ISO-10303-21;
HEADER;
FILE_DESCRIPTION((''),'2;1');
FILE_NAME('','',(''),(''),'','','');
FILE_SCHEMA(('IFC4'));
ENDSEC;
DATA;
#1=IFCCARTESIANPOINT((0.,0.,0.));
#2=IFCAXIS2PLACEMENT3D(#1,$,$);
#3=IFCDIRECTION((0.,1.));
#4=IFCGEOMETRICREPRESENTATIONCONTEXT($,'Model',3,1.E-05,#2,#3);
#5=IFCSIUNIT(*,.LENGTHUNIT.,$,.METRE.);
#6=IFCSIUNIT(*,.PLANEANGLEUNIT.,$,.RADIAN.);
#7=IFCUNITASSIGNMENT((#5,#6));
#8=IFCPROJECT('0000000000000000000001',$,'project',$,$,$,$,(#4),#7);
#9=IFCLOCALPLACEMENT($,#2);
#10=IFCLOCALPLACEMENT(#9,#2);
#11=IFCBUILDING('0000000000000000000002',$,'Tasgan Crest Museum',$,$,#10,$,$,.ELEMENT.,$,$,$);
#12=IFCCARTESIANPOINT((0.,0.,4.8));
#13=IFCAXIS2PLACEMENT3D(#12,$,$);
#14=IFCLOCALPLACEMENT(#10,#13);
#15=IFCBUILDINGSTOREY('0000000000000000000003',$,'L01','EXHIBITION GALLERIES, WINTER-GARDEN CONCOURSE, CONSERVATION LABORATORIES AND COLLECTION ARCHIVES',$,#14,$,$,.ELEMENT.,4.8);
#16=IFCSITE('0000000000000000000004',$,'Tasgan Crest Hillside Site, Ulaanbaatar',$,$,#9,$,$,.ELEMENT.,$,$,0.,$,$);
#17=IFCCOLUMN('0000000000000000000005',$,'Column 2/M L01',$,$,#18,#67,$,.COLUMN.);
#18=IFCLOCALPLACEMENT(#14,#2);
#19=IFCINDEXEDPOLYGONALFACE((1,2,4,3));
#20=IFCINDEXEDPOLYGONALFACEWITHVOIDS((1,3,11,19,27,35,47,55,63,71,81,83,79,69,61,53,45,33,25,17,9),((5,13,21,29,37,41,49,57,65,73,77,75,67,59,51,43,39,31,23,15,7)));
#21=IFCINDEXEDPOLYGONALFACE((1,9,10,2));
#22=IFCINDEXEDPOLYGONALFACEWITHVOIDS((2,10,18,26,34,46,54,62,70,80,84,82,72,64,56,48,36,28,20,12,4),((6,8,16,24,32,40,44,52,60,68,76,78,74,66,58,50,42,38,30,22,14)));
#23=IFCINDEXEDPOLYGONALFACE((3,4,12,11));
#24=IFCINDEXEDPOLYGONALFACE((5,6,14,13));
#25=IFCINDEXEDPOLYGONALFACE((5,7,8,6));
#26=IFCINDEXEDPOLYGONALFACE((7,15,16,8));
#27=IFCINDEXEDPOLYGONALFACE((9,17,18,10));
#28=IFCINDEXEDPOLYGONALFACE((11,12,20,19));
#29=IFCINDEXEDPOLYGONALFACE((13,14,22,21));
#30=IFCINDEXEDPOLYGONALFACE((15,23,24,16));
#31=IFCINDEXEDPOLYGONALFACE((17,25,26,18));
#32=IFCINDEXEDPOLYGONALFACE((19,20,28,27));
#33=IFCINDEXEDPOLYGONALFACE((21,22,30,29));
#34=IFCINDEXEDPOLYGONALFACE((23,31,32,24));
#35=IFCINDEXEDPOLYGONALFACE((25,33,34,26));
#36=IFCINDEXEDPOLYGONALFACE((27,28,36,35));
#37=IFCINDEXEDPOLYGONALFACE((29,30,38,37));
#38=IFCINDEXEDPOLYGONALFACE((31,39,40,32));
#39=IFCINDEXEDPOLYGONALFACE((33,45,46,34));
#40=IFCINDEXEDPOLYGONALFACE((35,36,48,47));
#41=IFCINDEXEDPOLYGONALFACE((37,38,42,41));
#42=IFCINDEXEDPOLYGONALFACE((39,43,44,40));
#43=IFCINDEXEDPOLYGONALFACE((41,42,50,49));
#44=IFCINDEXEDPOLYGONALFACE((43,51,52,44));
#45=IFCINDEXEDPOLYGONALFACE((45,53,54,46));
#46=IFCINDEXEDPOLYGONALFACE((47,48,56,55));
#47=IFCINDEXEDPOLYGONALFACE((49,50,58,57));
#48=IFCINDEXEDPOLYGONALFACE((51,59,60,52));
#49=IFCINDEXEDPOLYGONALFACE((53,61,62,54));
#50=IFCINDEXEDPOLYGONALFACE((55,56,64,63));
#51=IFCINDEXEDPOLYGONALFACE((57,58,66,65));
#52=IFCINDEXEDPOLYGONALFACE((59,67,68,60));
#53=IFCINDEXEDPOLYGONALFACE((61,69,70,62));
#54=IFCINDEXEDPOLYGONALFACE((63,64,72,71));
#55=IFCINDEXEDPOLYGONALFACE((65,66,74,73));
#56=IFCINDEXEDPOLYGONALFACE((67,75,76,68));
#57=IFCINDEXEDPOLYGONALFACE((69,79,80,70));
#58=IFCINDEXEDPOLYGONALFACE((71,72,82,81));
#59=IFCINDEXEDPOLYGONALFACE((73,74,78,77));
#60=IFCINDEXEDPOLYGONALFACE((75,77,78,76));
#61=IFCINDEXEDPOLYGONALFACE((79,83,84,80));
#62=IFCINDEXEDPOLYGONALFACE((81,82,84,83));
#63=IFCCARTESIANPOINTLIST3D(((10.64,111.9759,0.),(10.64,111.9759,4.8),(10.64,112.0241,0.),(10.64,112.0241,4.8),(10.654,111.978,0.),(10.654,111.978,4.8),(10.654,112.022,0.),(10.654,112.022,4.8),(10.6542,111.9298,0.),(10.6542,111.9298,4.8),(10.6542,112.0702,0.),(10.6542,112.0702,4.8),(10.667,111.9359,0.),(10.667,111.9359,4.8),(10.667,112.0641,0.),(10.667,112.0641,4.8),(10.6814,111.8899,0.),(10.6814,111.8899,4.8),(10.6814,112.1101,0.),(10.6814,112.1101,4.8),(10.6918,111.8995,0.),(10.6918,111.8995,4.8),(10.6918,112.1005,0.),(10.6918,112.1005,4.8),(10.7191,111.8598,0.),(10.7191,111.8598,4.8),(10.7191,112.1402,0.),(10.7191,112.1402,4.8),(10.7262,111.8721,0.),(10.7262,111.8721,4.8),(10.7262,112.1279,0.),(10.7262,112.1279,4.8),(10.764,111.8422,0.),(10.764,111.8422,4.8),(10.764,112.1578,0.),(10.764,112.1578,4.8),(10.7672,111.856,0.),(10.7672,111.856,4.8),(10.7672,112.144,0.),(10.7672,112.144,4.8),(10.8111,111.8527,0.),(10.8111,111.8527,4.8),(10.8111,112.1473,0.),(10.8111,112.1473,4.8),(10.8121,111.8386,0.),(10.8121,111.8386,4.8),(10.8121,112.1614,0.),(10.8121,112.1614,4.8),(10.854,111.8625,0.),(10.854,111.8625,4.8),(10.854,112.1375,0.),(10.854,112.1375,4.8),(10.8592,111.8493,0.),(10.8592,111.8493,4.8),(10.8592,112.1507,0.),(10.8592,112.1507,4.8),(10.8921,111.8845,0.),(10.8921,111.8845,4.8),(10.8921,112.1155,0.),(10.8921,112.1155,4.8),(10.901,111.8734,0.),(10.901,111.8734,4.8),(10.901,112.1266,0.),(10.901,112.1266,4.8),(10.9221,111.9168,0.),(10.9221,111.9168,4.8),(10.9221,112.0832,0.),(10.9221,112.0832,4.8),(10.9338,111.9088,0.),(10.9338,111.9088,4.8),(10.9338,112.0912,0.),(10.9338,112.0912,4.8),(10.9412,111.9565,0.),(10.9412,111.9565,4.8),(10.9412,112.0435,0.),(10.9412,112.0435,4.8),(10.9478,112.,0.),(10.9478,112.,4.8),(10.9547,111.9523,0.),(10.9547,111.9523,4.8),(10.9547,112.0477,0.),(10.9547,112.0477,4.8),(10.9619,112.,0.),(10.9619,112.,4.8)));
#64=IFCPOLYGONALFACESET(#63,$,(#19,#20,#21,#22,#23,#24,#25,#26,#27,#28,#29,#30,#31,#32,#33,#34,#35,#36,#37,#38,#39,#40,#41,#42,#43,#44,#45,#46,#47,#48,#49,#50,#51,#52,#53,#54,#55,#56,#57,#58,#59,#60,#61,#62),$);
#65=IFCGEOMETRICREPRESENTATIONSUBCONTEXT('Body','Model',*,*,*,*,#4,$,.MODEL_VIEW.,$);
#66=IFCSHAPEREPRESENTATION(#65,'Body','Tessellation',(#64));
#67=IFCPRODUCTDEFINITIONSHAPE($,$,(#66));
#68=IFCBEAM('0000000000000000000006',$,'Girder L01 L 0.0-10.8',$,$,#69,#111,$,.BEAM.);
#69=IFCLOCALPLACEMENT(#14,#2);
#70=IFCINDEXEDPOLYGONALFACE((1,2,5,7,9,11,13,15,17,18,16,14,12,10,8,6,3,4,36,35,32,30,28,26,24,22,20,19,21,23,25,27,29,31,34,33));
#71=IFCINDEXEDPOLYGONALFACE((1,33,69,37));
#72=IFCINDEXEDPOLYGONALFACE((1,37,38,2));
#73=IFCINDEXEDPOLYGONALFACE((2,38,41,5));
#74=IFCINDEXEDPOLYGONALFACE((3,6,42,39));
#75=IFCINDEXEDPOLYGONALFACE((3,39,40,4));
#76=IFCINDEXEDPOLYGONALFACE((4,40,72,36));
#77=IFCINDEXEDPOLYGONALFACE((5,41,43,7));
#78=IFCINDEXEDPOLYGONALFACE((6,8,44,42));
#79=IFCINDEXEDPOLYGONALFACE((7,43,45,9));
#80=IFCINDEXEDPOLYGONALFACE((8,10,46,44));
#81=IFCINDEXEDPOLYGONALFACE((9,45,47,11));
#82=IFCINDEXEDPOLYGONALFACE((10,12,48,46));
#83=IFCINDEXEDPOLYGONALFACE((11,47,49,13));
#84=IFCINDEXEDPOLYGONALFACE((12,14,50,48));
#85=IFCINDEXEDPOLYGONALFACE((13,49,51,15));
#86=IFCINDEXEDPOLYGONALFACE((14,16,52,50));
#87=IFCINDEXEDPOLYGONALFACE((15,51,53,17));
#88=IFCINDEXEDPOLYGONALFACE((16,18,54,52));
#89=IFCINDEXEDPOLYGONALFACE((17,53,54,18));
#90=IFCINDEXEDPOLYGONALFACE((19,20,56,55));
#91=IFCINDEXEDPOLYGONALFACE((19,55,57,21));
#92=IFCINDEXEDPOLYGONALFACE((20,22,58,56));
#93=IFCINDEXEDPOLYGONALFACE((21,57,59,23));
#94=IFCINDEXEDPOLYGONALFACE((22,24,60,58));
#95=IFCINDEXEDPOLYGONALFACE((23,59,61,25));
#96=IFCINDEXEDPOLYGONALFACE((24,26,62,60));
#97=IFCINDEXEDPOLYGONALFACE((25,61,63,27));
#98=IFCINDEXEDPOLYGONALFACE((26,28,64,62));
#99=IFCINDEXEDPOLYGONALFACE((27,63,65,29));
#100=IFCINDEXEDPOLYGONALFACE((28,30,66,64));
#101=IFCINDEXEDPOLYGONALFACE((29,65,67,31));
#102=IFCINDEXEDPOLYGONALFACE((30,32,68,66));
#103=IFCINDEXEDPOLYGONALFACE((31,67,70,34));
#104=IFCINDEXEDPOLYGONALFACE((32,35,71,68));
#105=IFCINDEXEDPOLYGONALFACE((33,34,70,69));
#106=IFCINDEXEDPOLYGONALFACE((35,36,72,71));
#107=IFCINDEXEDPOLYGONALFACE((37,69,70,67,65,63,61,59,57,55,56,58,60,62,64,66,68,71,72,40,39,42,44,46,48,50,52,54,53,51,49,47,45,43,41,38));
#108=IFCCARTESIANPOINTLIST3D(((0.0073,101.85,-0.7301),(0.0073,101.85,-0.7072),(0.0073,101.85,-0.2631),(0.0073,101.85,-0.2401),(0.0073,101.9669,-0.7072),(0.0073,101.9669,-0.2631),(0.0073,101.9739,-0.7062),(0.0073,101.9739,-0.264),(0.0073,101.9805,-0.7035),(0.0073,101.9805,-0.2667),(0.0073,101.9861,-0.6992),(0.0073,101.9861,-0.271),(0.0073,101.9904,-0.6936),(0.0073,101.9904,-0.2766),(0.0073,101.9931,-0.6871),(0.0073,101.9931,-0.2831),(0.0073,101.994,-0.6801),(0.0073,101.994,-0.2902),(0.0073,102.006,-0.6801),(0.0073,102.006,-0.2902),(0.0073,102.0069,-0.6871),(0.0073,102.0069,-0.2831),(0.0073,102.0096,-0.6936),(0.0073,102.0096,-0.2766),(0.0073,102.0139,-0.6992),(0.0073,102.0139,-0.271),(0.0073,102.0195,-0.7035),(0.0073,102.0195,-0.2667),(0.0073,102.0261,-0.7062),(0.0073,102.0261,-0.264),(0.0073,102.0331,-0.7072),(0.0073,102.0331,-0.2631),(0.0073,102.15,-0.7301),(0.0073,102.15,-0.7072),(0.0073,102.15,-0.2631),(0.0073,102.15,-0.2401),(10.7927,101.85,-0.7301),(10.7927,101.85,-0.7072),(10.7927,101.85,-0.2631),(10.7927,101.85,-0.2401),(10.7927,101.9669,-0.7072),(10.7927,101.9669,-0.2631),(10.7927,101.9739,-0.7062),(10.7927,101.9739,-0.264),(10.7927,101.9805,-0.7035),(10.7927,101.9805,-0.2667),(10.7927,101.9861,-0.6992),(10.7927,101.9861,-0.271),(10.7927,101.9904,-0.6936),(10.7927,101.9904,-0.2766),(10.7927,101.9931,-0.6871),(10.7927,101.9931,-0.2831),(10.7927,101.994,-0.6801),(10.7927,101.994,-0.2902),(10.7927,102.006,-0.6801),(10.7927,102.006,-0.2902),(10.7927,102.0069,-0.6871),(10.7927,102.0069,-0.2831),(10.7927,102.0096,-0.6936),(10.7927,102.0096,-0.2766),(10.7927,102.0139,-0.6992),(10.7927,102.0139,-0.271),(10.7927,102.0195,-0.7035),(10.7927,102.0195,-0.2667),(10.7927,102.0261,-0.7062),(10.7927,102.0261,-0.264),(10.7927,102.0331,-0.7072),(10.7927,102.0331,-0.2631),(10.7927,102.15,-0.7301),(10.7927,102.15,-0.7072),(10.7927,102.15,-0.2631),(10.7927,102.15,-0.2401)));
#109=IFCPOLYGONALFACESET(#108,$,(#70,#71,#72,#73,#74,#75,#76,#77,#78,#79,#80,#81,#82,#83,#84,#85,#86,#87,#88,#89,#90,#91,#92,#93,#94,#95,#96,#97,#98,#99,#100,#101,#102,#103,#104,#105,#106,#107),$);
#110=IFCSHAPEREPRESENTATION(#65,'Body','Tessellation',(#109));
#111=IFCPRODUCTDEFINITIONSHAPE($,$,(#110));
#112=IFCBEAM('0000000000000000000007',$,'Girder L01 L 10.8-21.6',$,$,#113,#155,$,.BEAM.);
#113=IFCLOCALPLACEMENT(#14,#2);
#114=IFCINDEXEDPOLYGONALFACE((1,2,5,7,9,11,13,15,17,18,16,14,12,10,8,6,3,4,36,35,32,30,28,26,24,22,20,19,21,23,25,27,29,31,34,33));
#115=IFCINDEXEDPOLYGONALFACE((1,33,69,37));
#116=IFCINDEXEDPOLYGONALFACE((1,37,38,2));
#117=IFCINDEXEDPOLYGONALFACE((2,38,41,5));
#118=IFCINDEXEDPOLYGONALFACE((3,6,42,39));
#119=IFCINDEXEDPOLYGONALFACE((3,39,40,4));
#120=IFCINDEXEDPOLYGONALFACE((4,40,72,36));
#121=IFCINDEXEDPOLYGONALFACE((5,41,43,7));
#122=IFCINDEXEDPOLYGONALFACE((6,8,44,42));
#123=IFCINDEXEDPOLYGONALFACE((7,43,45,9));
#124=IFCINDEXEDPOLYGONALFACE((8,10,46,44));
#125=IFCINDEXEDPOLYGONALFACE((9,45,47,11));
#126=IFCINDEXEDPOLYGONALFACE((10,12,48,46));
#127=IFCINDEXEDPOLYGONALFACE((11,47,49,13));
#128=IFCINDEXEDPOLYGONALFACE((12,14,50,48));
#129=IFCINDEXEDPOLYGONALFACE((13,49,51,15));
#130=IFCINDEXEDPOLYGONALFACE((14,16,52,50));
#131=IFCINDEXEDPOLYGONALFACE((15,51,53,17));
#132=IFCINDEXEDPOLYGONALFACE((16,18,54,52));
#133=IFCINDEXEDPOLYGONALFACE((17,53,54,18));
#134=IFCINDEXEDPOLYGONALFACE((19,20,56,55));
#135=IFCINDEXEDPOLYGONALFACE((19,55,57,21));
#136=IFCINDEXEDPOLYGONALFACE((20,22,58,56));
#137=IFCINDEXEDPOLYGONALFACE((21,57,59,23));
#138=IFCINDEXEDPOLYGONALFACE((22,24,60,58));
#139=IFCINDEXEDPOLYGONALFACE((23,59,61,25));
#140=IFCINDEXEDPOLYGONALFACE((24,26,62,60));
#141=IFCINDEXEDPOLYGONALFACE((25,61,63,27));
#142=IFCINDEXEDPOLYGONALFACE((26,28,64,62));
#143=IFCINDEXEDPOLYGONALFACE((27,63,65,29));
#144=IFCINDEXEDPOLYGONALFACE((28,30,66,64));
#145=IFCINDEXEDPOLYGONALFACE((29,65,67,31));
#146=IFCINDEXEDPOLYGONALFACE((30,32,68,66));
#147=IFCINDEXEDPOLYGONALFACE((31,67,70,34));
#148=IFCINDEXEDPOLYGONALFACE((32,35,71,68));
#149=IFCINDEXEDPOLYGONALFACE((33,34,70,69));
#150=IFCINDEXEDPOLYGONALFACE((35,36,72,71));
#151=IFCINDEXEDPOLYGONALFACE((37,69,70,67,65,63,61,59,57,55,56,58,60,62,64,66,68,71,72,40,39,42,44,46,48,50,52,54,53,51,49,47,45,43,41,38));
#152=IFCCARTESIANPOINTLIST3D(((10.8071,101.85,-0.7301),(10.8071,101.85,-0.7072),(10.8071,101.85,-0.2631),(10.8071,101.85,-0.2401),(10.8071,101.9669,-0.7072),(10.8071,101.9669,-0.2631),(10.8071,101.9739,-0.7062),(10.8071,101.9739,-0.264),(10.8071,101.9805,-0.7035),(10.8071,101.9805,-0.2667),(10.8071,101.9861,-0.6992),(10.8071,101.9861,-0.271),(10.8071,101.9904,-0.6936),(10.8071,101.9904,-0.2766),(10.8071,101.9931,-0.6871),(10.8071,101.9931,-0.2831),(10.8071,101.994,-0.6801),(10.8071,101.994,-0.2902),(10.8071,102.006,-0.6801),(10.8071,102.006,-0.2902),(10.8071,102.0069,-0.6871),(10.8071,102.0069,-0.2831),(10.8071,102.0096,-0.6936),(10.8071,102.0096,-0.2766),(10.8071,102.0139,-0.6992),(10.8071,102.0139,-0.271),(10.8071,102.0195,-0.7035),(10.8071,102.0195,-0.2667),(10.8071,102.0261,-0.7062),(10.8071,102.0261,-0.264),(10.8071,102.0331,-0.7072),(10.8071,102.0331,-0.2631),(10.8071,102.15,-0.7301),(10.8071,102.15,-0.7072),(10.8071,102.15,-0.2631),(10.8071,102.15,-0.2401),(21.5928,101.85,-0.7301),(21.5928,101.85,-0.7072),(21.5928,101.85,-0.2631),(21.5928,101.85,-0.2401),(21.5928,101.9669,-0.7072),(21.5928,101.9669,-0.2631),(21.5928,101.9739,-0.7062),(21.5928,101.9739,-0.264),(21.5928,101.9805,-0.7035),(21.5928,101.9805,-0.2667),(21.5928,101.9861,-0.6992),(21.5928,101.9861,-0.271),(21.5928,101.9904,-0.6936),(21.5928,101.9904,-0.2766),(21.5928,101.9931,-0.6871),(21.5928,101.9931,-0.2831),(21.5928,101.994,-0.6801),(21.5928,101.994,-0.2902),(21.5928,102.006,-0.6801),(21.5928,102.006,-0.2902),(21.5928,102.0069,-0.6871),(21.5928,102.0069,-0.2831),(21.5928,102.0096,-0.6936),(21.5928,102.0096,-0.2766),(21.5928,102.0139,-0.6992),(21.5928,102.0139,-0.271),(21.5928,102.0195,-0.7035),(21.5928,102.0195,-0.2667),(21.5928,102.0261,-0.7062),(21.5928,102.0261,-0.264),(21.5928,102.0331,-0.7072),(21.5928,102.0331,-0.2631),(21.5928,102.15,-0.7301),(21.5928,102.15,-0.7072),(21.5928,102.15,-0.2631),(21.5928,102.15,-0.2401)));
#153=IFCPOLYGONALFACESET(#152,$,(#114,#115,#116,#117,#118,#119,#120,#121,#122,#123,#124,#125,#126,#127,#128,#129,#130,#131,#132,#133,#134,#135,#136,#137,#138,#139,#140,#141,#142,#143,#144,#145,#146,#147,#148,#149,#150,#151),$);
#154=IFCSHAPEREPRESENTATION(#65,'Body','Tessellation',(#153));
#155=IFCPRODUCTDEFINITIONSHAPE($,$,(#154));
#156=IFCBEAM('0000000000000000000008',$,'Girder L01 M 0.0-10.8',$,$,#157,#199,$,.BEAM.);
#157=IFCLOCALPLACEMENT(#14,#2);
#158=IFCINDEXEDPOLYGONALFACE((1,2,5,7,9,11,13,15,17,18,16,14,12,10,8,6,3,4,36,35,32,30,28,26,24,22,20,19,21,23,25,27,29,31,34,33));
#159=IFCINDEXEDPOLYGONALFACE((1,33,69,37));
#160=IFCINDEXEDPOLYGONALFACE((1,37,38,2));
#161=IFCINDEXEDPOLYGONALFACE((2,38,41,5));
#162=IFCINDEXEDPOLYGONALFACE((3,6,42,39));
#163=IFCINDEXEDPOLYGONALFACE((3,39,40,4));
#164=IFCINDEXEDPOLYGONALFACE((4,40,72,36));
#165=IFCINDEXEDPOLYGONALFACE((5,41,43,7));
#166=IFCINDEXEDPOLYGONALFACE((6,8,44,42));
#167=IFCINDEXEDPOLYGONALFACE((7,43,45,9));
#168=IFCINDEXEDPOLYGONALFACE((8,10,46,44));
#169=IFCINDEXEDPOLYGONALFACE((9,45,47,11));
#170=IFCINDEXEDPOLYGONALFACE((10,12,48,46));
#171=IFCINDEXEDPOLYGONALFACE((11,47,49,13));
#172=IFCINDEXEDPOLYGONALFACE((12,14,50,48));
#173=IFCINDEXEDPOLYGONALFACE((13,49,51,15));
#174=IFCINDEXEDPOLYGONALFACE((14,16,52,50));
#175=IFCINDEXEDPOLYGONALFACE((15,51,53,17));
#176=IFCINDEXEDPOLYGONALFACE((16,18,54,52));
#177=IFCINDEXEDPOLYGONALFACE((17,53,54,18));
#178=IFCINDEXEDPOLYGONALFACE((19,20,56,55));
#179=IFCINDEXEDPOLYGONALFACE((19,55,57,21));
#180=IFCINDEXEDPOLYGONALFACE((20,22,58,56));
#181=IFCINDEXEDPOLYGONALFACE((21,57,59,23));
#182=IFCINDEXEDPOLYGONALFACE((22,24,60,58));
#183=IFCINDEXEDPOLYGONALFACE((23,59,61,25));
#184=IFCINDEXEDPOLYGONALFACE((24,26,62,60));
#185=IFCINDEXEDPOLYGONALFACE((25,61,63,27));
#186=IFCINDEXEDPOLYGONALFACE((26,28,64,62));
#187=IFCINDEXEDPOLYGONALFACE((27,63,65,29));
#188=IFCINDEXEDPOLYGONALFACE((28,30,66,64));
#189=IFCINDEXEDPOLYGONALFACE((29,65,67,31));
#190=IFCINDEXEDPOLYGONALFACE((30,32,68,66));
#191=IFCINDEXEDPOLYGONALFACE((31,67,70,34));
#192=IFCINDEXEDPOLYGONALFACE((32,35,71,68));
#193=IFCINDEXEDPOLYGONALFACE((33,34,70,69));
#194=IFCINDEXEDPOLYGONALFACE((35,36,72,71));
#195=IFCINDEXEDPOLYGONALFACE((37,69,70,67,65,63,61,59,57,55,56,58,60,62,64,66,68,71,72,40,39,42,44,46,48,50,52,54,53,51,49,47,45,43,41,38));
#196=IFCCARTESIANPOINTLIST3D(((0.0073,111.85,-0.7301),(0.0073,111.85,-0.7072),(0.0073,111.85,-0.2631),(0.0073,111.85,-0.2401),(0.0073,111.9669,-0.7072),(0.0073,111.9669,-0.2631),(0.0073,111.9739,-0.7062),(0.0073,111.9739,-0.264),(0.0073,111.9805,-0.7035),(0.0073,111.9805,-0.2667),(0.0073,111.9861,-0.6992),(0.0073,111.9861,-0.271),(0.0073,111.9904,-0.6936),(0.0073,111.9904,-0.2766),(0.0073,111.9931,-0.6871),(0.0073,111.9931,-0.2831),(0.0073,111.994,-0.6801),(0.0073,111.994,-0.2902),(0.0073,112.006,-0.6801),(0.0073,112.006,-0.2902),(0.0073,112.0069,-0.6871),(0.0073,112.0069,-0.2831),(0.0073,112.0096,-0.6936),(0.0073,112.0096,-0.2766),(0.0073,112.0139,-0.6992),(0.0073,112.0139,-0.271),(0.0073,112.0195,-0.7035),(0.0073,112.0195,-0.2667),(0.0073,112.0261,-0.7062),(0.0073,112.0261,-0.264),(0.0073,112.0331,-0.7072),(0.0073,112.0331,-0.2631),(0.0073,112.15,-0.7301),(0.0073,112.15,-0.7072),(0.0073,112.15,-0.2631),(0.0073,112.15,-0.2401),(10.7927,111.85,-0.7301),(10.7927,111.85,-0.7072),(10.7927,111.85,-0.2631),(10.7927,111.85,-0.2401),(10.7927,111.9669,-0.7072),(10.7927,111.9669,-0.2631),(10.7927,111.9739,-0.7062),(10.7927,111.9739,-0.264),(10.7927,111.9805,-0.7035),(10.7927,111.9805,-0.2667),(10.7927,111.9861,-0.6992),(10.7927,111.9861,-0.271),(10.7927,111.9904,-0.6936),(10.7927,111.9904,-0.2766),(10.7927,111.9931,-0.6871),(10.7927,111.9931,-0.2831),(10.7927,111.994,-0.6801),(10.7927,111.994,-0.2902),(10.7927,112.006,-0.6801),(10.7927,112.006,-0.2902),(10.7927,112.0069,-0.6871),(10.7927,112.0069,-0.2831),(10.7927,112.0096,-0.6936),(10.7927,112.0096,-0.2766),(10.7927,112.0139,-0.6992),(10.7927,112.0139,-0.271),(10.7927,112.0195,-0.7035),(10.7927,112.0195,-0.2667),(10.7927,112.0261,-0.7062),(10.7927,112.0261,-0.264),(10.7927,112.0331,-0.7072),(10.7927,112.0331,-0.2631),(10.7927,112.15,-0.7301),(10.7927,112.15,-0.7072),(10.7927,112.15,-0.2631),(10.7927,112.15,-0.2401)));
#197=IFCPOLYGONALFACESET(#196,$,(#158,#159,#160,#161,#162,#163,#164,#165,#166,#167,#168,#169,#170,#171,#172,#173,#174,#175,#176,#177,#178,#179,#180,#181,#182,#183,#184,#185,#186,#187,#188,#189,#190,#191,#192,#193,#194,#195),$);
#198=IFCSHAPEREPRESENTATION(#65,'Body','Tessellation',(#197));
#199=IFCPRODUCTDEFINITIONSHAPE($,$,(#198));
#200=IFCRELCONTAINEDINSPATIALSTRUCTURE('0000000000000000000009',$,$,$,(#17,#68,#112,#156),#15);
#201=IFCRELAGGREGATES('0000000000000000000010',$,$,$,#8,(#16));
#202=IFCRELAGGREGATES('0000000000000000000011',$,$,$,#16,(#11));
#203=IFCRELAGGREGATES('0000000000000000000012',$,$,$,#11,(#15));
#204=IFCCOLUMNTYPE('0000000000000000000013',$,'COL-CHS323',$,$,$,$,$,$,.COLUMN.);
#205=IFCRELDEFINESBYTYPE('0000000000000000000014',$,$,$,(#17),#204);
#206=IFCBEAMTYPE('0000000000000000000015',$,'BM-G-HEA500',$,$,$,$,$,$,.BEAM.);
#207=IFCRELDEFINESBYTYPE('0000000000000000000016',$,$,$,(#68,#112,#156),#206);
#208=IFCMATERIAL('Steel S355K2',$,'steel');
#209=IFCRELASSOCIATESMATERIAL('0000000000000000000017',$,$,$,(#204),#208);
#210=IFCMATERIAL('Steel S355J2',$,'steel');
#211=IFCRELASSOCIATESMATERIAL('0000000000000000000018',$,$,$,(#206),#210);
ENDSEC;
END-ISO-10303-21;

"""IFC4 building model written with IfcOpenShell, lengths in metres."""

from ifc_helpers import new_model, si_unit, direction, frame, origin, origin_2d, place, context, subcontext, project, spatial, hollow_circle, i_section, extrude, material, material_profile, profile_set, type_object, element, save


model = new_model("IFC4")

# Units and contexts
model_context = context("Model", 3, precision=1e-05, world=origin(), true_north=direction((0.0, 1.0)))
body_context = subcontext(model_context, "Body", "Model", "MODEL_VIEW")
ifc_project = project(units=[si_unit("LENGTHUNIT", "METRE"), si_unit("PLANEANGLEUNIT", "RADIAN")], contexts=[model_context])

# Site, building, storey
site_placement = place(None, origin())
site = spatial("IfcSite", under=ifc_project, at=site_placement, Name="Tasgan Crest Hillside Site, Ulaanbaatar", CompositionType="ELEMENT", RefElevation=0.0)
building_placement = place(site_placement, origin())
building = spatial("IfcBuilding", under=site, at=building_placement, Name="Tasgan Crest Museum", CompositionType="ELEMENT")
storey_placement = place(building_placement, frame((0.0, 0.0, 4.8)))
storey = spatial("IfcBuildingStorey", under=building, at=storey_placement, Name="L01", Description="EXHIBITION GALLERIES, WINTER-GARDEN CONCOURSE, CONSERVATION LABORATORIES AND COLLECTION ARCHIVES", CompositionType="ELEMENT", Elevation=4.8)

# Column
ifc_material_1 = material(Name="Steel S355K2", Category="steel")
ifc_material_profile_1 = material_profile(ifc_material_1, hollow_circle(Radius=0.1619, WallThickness=0.0142, at=origin_2d()), Name="CHS 323.9x14.2")
ifc_profile_set_1 = profile_set([ifc_material_profile_1], Name="Steel S355K2")
column_type = type_object("IfcColumnType", Name="COL-CHS323", PredefinedType="COLUMN", material=ifc_profile_set_1)
for number, where, z_axis, x_axis, name in (
    (1, (10.8, 112.0, 0.0), (0.0, 0.0, 1.0), (1.0, 0.0, 0.0), "Column 2/M L01"),
):
    element("IfcColumn", number, at=place(storey_placement, frame(where, z_axis=z_axis, x_axis=x_axis)), inside=storey, type_object=column_type, Name=name, PredefinedType="COLUMN", context=body_context, shape_type="SweptSolid", body=[
        extrude(hollow_circle(Radius=0.1619, WallThickness=0.0142, at=origin_2d()), origin(), (0.0, 0.0, 1.0), 4.8),
    ])

# Beams
ifc_material_2 = material(Name="Steel S355J2", Category="steel")
ifc_material_profile_2 = material_profile(ifc_material_2, i_section(OverallWidth=0.3, OverallDepth=0.49, WebThickness=0.012, FlangeThickness=0.0229, FilletRadius=0.0271, at=origin_2d()), Name="HEA 500")
ifc_profile_set_2 = profile_set([ifc_material_profile_2], Name="Steel S355J2")
beam_type_1 = type_object("IfcBeamType", Name="BM-G-HEA500", PredefinedType="BEAM", material=ifc_profile_set_2)
beam_1_placement = place(storey_placement, frame((0.0073, 102.0, -0.4851), z_axis=(1.0, 0.0, 0.0), x_axis=(0.0, 1.0, 0.0)))
element("IfcBeam", 2, at=beam_1_placement, inside=storey, type_object=beam_type_1, Name="Girder L01 L 0.0-10.8", PredefinedType="BEAM", context=body_context, shape_type="SweptSolid", body=[
    extrude(i_section(OverallWidth=0.3, OverallDepth=0.49, WebThickness=0.012, FlangeThickness=0.0229, FilletRadius=0.0271, at=origin_2d()), origin(), (0.0, 0.0, 1.0), 10.7854),
])
beam_2_placement = place(storey_placement, frame((10.8071, 102.0, -0.4851), z_axis=(1.0, 0.0, 0.0), x_axis=(0.0, 1.0, 0.0)))
element("IfcBeam", 3, at=beam_2_placement, inside=storey, type_object=beam_type_1, Name="Girder L01 L 10.8-21.6", PredefinedType="BEAM", context=body_context, shape_type="SweptSolid", body=[
    extrude(i_section(OverallWidth=0.3, OverallDepth=0.49, WebThickness=0.012, FlangeThickness=0.0229, FilletRadius=0.0271, at=origin_2d()), origin(), (0.0, 0.0, 1.0), 10.7856),
])
beam_3_placement = place(storey_placement, frame((0.0073, 112.0, -0.4851), z_axis=(1.0, 0.0, 0.0), x_axis=(0.0, 1.0, 0.0)))
element("IfcBeam", 4, at=beam_3_placement, inside=storey, type_object=beam_type_1, Name="Girder L01 M 0.0-10.8", PredefinedType="BEAM", context=body_context, shape_type="SweptSolid", body=[
    extrude(i_section(OverallWidth=0.3, OverallDepth=0.49, WebThickness=0.012, FlangeThickness=0.0229, FilletRadius=0.0271, at=origin_2d()), origin(), (0.0, 0.0, 1.0), 10.7854),
])

save(model, "model.ifc")
